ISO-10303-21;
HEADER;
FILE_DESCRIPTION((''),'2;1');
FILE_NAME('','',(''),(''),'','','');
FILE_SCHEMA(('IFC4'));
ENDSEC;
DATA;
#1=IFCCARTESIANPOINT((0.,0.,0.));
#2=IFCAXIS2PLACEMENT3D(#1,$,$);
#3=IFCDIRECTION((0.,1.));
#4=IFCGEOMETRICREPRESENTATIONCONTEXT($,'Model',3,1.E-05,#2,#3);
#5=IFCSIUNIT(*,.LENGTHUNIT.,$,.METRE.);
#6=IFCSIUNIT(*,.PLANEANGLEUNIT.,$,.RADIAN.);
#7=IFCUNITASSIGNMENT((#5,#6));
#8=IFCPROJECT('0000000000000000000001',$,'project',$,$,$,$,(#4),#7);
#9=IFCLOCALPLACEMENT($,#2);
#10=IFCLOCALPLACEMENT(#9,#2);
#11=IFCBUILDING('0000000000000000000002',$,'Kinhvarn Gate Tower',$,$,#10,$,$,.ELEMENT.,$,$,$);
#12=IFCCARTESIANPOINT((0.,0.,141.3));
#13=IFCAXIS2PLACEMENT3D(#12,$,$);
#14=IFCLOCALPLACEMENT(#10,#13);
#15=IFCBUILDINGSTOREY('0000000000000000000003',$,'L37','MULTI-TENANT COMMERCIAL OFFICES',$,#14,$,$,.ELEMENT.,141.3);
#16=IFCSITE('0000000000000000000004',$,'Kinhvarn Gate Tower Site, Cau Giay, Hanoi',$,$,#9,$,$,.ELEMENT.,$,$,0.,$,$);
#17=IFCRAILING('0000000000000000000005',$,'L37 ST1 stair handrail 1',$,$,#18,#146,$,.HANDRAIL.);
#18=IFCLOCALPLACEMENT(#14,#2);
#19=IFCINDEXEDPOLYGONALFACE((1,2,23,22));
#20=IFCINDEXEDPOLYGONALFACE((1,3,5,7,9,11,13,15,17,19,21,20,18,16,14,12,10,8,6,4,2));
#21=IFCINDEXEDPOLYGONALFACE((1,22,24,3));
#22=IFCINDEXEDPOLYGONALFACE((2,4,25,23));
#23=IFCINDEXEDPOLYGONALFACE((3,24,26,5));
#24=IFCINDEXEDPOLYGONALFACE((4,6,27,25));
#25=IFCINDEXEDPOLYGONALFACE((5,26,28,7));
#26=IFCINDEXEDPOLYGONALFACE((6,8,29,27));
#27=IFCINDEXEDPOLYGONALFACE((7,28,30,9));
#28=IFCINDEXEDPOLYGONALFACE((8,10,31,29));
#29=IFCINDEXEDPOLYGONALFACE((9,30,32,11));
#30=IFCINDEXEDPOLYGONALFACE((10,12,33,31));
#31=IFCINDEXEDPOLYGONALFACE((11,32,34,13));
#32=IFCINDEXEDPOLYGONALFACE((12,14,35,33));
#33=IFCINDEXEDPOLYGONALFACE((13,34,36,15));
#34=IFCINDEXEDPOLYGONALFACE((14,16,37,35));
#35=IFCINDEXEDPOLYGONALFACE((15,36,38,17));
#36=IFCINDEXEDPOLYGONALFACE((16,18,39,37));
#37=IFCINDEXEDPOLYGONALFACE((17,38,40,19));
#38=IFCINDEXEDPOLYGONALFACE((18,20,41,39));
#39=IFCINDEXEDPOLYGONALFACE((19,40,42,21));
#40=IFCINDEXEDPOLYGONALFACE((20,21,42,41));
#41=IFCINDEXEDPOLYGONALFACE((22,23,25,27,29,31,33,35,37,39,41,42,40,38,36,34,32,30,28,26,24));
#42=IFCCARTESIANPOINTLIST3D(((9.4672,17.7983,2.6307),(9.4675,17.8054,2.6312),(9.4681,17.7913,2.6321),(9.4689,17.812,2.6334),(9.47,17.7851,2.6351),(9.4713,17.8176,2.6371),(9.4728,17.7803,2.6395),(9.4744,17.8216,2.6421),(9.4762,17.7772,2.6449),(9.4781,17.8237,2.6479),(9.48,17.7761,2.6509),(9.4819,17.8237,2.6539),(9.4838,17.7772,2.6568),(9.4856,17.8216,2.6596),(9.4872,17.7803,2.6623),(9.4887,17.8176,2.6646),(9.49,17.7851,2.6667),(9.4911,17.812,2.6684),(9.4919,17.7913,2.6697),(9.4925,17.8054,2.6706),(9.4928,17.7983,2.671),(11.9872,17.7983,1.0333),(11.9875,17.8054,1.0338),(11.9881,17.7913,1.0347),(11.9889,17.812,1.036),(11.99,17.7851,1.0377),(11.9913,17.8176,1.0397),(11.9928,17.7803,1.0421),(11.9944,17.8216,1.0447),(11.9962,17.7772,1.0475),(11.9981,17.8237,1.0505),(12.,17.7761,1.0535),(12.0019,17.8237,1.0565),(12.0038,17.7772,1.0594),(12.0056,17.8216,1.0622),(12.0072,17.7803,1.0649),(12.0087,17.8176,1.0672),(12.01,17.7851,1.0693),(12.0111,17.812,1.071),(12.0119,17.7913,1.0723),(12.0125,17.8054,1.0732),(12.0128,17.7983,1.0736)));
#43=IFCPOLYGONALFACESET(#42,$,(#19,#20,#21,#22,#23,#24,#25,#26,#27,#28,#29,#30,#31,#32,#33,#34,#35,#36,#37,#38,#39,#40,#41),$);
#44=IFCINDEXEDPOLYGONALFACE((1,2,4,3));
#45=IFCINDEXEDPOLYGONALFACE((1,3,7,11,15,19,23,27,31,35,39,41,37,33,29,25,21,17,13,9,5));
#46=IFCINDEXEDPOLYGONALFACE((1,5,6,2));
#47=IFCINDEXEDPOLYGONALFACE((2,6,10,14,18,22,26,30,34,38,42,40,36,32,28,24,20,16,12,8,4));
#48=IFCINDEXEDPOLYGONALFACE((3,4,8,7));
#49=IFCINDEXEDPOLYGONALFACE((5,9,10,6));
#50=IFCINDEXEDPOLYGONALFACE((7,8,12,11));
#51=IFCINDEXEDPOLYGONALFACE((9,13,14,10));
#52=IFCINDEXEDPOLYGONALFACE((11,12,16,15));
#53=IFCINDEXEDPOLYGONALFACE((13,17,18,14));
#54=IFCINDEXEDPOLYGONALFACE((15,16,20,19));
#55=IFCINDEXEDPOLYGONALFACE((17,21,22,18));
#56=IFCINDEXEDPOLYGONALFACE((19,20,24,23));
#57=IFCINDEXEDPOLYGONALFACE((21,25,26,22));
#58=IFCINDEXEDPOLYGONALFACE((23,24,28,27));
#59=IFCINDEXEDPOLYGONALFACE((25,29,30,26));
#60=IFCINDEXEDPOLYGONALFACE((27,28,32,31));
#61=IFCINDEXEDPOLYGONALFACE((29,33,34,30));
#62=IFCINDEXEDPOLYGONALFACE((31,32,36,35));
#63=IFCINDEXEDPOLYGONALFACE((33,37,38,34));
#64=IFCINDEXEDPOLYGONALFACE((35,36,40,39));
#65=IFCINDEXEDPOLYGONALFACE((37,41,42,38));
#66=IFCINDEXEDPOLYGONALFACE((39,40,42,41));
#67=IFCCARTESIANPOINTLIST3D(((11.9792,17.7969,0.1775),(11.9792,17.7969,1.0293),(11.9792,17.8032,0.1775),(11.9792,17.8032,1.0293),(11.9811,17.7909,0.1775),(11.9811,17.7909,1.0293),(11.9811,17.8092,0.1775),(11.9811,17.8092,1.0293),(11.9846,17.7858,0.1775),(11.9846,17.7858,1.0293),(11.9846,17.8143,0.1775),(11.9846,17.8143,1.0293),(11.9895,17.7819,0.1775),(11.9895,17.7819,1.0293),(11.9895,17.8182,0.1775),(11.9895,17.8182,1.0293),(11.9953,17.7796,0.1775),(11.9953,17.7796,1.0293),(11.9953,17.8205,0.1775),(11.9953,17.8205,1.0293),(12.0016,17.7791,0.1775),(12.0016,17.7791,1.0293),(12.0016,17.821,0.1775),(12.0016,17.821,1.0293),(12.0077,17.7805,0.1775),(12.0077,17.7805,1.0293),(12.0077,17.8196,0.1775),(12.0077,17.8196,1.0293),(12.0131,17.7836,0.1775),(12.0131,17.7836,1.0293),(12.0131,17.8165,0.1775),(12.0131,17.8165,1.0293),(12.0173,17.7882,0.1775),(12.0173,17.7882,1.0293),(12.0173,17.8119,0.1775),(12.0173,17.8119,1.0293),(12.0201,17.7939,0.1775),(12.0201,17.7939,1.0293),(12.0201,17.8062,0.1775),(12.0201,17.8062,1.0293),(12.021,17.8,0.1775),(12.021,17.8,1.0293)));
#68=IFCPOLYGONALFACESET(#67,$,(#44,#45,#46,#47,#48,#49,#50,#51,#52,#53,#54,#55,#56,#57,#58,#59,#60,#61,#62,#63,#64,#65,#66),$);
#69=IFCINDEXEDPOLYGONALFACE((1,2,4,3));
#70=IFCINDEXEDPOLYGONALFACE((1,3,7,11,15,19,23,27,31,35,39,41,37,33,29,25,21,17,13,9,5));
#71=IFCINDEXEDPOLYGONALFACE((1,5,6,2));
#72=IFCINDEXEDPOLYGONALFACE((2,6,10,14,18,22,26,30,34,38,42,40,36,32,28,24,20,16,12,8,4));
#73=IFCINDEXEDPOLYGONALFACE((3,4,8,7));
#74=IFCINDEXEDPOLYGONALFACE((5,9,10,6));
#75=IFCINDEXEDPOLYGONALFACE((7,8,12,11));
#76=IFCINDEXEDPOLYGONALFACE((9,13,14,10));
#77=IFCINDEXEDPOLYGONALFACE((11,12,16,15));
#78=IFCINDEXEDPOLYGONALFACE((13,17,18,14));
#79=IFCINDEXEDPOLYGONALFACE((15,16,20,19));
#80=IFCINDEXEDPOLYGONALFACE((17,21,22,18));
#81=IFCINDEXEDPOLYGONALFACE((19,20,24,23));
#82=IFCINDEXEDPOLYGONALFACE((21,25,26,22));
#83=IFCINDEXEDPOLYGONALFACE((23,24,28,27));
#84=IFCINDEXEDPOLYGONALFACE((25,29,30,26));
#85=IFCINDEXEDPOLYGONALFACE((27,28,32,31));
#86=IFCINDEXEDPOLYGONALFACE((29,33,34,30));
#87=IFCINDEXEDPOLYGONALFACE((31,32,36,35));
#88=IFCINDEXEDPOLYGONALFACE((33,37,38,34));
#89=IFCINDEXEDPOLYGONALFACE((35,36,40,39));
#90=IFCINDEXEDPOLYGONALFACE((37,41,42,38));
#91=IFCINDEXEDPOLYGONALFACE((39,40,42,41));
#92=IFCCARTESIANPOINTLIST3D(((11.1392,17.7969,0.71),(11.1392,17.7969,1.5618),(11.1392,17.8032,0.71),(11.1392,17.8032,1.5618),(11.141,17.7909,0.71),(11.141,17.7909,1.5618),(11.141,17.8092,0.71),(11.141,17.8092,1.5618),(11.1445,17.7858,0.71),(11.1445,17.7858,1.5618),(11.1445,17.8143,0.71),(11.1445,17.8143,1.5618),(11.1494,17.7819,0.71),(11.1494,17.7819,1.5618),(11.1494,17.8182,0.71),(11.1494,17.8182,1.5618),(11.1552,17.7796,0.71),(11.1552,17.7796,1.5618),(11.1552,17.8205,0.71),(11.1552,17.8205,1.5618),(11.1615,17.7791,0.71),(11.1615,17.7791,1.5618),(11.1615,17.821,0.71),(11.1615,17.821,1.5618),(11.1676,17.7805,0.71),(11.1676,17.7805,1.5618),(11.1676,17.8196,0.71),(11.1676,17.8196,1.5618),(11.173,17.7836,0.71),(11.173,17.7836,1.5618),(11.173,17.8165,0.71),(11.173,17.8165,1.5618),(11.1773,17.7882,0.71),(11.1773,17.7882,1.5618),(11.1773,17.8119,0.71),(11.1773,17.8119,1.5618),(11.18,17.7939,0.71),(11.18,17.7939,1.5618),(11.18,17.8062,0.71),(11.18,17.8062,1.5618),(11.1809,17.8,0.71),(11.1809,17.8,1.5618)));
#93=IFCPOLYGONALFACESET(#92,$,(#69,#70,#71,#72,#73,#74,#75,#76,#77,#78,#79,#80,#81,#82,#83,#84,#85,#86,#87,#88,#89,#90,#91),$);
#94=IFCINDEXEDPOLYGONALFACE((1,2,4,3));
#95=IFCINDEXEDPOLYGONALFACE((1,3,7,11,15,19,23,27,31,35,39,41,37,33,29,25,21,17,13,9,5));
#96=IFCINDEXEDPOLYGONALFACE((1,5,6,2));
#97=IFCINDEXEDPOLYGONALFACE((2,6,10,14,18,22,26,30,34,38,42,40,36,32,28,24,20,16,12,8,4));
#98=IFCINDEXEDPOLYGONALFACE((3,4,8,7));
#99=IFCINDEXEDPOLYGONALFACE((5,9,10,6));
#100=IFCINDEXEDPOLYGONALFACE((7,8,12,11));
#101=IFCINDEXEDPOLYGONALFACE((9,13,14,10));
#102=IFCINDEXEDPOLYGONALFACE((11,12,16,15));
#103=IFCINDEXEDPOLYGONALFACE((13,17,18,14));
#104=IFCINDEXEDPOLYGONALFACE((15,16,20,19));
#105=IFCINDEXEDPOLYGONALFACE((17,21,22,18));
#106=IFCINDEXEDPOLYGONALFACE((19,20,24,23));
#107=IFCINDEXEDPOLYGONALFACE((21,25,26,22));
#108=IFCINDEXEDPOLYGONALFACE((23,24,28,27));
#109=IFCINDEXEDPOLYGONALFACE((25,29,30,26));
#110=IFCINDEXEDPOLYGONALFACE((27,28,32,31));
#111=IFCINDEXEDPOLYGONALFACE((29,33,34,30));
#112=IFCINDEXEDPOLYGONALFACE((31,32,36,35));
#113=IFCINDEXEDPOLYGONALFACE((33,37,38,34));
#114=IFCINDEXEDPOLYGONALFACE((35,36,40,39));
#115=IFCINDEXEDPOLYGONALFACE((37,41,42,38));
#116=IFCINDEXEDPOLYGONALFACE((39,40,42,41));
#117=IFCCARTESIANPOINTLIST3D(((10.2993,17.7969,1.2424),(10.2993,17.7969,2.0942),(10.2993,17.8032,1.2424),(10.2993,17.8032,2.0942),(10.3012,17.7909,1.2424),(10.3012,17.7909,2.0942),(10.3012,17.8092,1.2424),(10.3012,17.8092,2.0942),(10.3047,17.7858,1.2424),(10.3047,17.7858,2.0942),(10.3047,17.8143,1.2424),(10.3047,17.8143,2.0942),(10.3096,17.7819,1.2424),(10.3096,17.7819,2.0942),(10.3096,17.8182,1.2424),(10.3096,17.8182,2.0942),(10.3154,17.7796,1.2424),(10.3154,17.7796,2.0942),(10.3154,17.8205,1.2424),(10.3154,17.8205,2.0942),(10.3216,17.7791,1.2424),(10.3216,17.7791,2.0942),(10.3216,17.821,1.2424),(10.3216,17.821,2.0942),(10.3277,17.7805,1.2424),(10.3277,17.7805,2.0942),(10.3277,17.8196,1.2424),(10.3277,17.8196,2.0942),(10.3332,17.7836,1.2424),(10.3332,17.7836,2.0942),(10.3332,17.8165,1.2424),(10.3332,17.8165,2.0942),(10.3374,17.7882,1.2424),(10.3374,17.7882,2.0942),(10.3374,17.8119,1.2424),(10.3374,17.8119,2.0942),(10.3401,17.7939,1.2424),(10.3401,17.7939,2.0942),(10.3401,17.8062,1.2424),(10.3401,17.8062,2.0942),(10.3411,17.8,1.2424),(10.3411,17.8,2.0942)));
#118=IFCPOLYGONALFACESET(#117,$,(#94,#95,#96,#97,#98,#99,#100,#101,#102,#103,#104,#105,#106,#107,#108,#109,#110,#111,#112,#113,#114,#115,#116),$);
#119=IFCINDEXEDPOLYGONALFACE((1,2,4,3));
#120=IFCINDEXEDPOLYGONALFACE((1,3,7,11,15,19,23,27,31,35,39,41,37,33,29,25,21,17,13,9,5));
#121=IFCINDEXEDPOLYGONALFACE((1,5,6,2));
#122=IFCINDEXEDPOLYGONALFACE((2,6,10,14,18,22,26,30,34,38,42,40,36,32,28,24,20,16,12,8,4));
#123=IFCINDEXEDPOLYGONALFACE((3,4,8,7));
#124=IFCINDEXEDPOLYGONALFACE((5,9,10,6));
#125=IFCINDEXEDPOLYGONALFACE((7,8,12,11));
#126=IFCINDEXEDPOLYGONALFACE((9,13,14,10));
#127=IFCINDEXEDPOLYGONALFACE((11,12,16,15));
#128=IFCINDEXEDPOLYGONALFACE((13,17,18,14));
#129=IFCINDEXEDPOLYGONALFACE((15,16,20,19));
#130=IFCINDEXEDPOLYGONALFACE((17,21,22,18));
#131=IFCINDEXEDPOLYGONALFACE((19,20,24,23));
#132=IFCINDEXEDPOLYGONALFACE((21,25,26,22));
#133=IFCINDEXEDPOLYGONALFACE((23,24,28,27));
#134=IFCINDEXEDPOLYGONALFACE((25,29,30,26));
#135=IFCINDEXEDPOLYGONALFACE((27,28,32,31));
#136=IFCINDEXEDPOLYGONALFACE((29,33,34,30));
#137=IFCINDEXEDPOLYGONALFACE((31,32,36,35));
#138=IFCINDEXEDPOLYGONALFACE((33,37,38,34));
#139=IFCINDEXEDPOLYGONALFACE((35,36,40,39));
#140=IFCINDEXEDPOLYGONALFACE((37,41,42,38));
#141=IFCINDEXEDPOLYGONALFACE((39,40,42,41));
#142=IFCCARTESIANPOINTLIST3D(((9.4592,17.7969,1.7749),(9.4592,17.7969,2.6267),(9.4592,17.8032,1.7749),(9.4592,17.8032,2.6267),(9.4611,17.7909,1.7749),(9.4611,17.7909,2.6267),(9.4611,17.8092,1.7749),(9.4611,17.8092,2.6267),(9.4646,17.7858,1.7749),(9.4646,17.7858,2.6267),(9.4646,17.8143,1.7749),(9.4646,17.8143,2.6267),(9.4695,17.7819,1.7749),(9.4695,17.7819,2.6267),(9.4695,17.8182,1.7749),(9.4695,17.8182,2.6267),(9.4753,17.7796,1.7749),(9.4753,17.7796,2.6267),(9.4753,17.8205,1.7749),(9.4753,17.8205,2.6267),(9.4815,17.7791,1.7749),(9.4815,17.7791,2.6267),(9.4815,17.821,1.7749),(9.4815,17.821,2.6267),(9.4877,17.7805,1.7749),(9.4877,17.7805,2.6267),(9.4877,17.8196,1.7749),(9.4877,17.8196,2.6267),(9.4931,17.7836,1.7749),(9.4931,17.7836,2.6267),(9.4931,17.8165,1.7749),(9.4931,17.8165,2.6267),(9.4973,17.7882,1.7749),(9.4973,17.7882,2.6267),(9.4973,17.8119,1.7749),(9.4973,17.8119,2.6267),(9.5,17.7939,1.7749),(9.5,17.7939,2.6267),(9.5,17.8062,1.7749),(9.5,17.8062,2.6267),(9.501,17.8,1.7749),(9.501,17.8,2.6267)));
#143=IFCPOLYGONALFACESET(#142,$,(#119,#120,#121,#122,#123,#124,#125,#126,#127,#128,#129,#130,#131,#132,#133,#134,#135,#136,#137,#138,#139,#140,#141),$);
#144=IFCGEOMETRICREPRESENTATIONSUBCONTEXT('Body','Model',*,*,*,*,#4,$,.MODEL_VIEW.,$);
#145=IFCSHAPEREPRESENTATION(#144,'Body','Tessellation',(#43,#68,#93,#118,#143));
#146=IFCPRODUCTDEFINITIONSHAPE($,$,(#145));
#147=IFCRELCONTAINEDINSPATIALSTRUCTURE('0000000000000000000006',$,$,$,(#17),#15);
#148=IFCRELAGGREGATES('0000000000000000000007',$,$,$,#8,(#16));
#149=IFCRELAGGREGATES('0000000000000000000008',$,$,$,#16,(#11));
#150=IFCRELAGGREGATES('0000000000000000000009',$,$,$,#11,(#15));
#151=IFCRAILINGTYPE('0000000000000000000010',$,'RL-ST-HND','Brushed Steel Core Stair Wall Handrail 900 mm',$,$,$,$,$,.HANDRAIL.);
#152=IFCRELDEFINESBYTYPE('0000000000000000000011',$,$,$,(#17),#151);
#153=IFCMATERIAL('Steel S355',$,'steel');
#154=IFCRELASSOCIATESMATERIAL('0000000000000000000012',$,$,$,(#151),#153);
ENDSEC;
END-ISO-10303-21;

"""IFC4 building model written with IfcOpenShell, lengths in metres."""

from ifc_helpers import new_model, si_unit, direction, frame, origin, origin_2d, place, context, subcontext, project, spatial, circle, extrude, material, type_object, element, save


model = new_model("IFC4")

# Units and contexts
model_context = context("Model", 3, precision=1e-05, world=origin(), true_north=direction((0.0, 1.0)))
body_context = subcontext(model_context, "Body", "Model", "MODEL_VIEW")
ifc_project = project(units=[si_unit("LENGTHUNIT", "METRE"), si_unit("PLANEANGLEUNIT", "RADIAN")], contexts=[model_context])

# Site, building, storey
site_placement = place(None, origin())
site = spatial("IfcSite", under=ifc_project, at=site_placement, Name="Kinhvarn Gate Tower Site, Cau Giay, Hanoi", CompositionType="ELEMENT", RefElevation=0.0)
building_placement = place(site_placement, origin())
building = spatial("IfcBuilding", under=site, at=building_placement, Name="Kinhvarn Gate Tower", CompositionType="ELEMENT")
storey_placement = place(building_placement, frame((0.0, 0.0, 141.3)))
storey = spatial("IfcBuildingStorey", under=building, at=storey_placement, Name="L37", Description="MULTI-TENANT COMMERCIAL OFFICES", CompositionType="ELEMENT", Elevation=141.3)

# Shared definitions
ifc_material_1 = material(Name="Steel S355", Category="steel")

# Railing
railing_type_1 = type_object("IfcRailingType", Name="RL-ST-HND", Description="Brushed Steel Core Stair Wall Handrail 900 mm", PredefinedType="HANDRAIL", material=ifc_material_1)
railing_1_placement = place(storey_placement, frame((12.0, 17.8, 0.1775)))
element("IfcRailing", 1, at=railing_1_placement, inside=storey, type_object=railing_type_1, Name="L37 ST1 stair handrail 1", PredefinedType="HANDRAIL", context=body_context, shape_type="SweptSolid", body=[
    extrude(circle(Radius=0.0239, at=origin_2d()), frame((0.0, 0.0, 0.876), z_axis=(-0.844607, 0.0, 0.535387), x_axis=(0.0, -1.0, 0.0)), (0.0, 0.0, 1.0), 2.9836),
    extrude(circle(Radius=0.021, at=origin_2d()), origin(), (0.0, 0.0, 1.0), 0.8518),
    extrude(circle(Radius=0.021, at=origin_2d()), frame((-0.8401, 0.0, 0.5325)), (0.0, 0.0, 1.0), 0.8518),
    extrude(circle(Radius=0.021, at=origin_2d()), frame((-1.6799, 0.0, 1.0649)), (0.0, 0.0, 1.0), 0.8518),
    extrude(circle(Radius=0.021, at=origin_2d()), frame((-2.52, 0.0, 1.5974)), (0.0, 0.0, 1.0), 0.8518),
])

save(model, "model.ifc")
